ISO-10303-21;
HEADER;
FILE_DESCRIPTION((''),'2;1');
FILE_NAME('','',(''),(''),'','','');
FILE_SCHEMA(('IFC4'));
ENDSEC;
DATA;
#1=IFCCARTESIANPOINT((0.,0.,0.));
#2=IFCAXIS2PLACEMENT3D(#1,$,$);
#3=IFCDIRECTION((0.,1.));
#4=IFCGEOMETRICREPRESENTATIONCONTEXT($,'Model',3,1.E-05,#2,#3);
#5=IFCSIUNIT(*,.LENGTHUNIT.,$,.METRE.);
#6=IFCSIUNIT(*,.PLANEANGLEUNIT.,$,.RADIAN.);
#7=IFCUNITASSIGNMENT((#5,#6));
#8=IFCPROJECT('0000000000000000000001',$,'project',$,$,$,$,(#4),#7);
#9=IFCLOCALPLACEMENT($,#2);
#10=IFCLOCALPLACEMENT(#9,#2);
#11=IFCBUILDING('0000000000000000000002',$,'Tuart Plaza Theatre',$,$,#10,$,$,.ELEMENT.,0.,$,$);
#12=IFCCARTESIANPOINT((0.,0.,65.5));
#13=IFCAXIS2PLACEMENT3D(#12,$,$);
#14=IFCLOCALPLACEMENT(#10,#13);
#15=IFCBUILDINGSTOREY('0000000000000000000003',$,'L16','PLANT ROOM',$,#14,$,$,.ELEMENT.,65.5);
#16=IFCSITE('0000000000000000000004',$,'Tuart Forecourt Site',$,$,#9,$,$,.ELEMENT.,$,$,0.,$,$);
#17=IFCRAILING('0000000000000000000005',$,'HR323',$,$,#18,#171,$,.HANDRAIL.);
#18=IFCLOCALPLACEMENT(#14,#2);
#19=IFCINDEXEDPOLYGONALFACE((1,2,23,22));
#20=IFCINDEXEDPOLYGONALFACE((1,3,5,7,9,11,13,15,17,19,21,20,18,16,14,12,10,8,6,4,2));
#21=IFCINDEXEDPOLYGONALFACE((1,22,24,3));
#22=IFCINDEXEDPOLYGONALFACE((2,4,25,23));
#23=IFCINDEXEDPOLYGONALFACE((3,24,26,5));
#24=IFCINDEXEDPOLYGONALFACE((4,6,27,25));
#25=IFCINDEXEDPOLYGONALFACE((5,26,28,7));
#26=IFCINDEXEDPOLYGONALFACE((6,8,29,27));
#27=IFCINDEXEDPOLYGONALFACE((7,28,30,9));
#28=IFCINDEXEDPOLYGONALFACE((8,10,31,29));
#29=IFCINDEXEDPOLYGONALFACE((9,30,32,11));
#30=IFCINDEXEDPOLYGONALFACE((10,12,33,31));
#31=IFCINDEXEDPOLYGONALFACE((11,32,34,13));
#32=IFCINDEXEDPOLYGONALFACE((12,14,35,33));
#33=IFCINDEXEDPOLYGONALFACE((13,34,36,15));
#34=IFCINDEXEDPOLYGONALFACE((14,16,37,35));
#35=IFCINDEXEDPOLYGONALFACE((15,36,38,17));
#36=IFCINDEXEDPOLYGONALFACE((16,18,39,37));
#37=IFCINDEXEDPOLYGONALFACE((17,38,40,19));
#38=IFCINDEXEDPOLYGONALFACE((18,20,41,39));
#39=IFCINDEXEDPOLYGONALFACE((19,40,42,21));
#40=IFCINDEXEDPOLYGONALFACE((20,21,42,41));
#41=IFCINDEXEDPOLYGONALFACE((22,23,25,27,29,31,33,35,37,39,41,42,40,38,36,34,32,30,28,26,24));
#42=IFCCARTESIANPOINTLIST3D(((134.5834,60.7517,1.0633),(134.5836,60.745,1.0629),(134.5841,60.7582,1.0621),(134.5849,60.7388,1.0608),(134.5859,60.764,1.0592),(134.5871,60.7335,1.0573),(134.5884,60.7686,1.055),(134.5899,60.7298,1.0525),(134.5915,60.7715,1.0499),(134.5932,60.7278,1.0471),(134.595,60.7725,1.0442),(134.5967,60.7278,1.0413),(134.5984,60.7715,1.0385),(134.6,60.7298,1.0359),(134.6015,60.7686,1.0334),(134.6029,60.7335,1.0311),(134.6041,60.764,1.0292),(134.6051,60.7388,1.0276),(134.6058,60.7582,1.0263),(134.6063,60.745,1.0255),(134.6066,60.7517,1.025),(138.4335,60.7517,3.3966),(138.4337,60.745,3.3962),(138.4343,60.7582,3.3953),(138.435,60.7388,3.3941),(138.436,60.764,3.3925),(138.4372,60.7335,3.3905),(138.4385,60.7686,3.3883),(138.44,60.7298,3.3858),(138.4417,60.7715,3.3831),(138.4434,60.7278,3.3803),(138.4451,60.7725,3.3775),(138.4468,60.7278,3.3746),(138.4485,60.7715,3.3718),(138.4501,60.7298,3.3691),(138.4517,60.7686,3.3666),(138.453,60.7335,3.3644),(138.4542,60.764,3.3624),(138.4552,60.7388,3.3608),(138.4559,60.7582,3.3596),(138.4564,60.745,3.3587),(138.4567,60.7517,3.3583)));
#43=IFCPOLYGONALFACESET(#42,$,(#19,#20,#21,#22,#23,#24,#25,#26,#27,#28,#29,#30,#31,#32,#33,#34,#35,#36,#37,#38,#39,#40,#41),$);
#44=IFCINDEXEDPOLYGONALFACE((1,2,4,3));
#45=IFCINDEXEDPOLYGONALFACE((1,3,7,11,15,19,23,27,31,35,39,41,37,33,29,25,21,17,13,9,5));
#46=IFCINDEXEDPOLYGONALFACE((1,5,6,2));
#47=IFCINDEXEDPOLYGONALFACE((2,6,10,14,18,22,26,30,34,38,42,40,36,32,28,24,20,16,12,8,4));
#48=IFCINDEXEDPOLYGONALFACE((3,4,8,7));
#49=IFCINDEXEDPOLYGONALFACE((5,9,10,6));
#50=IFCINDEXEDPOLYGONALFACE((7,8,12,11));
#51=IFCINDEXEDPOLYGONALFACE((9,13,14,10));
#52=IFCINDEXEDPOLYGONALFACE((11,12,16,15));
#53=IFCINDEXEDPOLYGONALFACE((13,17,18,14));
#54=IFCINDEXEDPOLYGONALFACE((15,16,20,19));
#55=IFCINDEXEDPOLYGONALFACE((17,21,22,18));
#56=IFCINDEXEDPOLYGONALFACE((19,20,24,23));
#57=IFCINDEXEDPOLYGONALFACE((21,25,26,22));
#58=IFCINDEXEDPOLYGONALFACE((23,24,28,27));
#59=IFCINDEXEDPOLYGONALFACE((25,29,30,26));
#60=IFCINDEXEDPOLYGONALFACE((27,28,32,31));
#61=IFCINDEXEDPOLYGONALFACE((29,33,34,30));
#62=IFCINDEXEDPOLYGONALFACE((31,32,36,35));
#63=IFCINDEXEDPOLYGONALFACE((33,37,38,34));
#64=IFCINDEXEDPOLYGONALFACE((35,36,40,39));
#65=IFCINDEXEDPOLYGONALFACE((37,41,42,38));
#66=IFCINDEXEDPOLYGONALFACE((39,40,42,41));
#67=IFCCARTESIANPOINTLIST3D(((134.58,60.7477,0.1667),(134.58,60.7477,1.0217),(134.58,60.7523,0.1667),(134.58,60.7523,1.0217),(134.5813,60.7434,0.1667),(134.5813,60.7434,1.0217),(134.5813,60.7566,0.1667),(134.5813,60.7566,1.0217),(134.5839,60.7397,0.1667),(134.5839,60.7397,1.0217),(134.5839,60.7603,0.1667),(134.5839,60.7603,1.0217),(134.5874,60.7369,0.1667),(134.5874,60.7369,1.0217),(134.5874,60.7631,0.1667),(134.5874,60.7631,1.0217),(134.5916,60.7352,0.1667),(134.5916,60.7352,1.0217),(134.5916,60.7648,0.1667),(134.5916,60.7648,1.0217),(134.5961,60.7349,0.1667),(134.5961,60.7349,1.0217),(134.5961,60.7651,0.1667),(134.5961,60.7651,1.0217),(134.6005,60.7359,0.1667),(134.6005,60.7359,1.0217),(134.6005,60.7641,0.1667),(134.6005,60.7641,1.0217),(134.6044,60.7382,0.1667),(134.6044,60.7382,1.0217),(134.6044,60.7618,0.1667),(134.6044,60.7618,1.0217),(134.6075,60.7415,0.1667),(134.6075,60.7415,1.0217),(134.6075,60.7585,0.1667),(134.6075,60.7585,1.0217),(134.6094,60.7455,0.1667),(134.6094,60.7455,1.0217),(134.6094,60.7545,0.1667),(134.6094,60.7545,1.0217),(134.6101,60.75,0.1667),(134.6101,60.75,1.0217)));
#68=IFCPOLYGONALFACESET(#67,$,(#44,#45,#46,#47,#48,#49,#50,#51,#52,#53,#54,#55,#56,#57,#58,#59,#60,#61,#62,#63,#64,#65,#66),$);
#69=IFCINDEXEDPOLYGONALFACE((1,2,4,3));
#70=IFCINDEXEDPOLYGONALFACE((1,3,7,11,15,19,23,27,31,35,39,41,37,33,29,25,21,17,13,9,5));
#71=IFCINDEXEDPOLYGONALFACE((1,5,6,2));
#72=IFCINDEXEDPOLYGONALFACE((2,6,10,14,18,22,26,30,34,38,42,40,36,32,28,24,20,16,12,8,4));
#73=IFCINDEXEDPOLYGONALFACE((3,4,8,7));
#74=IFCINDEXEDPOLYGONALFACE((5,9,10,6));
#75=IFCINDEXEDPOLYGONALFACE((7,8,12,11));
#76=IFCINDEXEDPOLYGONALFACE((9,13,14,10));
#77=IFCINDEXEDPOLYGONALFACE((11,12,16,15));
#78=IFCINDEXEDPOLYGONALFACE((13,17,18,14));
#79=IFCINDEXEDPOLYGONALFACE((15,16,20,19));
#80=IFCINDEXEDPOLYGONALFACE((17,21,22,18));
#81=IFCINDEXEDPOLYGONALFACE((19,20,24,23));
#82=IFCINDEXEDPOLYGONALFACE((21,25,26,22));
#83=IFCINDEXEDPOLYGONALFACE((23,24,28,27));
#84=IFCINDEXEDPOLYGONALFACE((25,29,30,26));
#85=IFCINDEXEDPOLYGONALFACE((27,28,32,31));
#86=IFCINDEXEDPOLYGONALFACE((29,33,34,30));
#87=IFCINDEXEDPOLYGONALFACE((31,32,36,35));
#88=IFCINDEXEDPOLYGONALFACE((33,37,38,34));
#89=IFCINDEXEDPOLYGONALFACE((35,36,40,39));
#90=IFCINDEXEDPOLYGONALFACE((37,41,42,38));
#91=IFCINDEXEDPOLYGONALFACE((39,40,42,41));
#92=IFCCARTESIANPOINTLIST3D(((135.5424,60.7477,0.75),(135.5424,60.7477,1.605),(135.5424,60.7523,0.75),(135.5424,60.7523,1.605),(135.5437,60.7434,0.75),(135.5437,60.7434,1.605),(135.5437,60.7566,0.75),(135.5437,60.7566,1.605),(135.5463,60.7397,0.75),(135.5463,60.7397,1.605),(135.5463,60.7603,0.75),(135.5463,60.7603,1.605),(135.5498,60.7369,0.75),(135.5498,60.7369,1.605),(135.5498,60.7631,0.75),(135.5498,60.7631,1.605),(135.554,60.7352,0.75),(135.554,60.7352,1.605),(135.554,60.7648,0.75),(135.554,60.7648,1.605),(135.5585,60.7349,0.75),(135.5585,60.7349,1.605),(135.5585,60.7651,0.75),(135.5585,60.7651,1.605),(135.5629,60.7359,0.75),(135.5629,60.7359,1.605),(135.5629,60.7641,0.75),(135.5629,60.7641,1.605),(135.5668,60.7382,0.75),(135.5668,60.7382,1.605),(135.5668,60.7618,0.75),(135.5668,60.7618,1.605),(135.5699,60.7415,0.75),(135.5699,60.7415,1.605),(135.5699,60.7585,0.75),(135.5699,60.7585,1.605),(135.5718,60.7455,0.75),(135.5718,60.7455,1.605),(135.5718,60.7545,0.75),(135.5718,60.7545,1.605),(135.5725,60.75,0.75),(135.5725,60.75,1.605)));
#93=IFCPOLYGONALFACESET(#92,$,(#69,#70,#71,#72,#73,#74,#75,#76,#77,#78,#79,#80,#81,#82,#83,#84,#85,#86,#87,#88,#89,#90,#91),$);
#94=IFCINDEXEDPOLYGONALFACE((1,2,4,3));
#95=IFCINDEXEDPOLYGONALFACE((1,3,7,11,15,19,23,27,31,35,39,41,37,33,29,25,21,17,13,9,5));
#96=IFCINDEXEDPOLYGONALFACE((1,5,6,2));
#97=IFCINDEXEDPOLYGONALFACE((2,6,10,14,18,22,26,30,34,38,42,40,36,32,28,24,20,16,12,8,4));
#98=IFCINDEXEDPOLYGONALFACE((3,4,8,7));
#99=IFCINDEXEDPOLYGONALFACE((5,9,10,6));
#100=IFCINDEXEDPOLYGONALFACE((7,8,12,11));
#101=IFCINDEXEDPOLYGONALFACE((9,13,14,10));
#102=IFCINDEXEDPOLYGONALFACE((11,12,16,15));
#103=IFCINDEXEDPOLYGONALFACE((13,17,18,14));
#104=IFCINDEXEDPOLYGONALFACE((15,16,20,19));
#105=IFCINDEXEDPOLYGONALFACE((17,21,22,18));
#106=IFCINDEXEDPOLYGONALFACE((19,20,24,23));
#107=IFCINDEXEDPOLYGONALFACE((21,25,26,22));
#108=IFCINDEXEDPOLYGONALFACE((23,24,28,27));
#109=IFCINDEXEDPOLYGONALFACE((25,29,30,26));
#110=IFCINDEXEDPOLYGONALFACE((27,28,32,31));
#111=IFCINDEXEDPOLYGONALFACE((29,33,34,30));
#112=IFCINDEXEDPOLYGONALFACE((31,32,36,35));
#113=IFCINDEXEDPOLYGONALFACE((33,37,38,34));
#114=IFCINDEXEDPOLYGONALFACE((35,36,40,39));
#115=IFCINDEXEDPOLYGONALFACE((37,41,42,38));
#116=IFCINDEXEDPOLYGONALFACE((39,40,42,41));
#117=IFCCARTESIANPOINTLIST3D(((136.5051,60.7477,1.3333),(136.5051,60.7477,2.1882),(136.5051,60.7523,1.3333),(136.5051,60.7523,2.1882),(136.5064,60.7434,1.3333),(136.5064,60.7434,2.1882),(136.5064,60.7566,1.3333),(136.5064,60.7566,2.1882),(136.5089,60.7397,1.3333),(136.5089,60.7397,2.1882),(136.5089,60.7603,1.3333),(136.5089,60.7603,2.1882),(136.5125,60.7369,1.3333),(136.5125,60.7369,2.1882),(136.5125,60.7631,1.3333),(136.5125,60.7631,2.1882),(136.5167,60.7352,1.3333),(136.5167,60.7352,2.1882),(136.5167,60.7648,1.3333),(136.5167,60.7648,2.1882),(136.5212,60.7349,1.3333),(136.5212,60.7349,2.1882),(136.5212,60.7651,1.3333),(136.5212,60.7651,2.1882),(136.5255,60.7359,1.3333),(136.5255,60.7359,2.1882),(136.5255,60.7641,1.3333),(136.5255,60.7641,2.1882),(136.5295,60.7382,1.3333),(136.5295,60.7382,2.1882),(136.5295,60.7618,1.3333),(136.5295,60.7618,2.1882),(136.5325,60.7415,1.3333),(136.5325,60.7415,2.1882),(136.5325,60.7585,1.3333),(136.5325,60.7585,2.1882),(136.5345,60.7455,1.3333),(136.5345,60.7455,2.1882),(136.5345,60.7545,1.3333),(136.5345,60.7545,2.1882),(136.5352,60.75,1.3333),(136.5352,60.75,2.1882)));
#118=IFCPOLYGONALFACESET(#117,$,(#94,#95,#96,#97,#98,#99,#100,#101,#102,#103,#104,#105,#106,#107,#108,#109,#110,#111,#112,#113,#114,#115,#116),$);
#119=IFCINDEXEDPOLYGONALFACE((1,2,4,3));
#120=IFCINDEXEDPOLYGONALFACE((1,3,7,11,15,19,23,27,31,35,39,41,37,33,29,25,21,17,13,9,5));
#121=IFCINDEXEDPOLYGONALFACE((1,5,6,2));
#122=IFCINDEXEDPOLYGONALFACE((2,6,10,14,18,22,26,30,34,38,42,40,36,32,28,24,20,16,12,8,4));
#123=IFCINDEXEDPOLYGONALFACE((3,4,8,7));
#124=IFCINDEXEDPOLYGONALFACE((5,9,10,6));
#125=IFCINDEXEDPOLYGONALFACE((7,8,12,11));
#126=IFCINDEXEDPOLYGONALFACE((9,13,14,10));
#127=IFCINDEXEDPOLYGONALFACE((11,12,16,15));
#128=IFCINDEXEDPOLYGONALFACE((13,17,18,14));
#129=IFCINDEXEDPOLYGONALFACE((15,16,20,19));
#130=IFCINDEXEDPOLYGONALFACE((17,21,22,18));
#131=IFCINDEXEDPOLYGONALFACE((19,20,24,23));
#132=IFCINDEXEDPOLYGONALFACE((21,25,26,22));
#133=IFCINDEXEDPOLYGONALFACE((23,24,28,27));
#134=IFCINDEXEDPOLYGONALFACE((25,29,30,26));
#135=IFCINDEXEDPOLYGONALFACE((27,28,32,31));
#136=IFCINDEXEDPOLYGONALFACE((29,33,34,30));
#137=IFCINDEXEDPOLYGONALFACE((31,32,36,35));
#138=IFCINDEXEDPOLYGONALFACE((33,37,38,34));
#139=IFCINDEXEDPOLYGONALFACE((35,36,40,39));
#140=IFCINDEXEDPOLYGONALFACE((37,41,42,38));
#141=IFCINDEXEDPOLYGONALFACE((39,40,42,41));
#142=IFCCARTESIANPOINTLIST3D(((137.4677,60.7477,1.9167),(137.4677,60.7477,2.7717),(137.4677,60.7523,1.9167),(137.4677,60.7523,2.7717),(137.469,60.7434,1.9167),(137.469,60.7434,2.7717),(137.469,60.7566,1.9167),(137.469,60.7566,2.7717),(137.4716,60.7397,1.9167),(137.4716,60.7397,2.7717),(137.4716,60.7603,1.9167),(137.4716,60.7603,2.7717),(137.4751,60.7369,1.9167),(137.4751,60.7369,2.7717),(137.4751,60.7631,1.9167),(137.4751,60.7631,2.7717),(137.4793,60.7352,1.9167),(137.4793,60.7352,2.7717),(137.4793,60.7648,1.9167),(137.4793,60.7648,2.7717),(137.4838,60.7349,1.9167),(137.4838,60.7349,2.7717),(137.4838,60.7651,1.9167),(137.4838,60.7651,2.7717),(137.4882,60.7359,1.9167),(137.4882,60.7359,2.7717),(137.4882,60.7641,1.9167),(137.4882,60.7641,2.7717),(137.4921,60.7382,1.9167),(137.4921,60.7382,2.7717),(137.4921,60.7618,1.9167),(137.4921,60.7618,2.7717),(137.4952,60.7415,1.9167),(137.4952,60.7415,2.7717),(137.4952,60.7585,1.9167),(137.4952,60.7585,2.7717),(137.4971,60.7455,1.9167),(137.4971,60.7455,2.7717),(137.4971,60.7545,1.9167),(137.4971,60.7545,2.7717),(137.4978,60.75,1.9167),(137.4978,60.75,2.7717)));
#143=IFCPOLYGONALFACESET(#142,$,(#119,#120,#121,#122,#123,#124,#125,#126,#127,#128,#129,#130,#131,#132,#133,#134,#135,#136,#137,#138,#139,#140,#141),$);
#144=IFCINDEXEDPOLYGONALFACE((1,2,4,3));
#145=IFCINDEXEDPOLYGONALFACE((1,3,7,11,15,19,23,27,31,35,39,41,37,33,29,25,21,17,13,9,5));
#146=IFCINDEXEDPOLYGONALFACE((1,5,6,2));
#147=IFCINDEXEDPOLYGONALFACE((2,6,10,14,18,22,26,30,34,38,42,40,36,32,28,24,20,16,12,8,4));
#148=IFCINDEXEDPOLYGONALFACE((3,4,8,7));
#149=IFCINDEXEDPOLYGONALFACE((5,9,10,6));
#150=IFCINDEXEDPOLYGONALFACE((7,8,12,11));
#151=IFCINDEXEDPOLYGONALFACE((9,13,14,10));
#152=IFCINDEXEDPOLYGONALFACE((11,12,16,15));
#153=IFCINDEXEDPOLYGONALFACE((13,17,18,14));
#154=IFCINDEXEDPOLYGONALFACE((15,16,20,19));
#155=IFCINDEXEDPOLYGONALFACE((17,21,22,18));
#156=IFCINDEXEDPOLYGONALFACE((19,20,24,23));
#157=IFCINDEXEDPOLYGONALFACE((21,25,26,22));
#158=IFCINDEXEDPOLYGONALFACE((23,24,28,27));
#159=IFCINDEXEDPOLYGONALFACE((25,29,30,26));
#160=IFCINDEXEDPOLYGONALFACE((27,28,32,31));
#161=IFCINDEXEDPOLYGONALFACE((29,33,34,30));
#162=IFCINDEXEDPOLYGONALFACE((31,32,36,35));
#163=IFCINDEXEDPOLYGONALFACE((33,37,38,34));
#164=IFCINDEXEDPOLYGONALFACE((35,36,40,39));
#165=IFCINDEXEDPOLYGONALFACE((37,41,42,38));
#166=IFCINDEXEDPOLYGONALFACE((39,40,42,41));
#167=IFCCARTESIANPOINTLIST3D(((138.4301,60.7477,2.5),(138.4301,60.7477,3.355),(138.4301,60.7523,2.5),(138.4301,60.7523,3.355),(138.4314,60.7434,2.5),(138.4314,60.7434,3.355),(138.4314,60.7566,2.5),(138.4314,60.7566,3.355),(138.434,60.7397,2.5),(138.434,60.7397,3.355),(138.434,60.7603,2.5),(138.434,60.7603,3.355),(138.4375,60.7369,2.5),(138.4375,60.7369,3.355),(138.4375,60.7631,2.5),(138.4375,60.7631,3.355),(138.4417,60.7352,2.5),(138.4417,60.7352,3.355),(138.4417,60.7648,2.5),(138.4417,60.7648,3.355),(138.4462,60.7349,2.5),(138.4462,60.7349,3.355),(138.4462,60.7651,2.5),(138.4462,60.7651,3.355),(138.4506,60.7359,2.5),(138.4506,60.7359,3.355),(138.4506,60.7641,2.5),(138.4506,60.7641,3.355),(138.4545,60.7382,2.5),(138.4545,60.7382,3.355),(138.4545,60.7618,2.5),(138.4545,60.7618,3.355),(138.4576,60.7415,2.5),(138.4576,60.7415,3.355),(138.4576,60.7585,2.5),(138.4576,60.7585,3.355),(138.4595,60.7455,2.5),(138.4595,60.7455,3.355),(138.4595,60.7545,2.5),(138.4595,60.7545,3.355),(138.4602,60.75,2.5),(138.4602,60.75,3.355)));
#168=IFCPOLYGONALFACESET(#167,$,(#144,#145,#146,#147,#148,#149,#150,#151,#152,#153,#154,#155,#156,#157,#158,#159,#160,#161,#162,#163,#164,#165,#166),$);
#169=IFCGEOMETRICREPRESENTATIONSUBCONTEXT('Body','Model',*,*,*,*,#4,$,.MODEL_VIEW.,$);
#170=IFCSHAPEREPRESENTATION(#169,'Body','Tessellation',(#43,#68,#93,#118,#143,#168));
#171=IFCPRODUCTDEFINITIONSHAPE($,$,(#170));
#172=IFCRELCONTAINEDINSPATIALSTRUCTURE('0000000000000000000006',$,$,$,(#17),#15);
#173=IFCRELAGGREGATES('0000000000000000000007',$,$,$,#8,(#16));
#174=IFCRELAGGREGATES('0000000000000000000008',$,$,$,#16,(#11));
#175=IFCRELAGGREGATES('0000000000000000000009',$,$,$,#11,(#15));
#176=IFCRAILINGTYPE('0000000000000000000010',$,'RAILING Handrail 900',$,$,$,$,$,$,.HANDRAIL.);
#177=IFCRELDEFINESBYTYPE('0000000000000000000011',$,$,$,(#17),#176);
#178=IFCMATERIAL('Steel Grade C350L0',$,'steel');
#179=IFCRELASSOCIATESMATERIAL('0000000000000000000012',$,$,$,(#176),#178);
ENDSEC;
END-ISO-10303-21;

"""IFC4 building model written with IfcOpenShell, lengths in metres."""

from ifc_helpers import new_model, si_unit, direction, frame, origin, origin_2d, place, context, subcontext, project, spatial, circle, extrude, material, type_object, element, save


model = new_model("IFC4")

# Units and contexts
model_context = context("Model", 3, precision=1e-05, world=origin(), true_north=direction((0.0, 1.0)))
body_context = subcontext(model_context, "Body", "Model", "MODEL_VIEW")
ifc_project = project(units=[si_unit("LENGTHUNIT", "METRE"), si_unit("PLANEANGLEUNIT", "RADIAN")], contexts=[model_context])

# Site, building, storey
site_placement = place(None, origin())
site = spatial("IfcSite", under=ifc_project, at=site_placement, Name="Tuart Forecourt Site", CompositionType="ELEMENT", RefElevation=0.0)
building_placement = place(site_placement, origin())
building = spatial("IfcBuilding", under=site, at=building_placement, Name="Tuart Plaza Theatre", CompositionType="ELEMENT", ElevationOfRefHeight=0.0)
storey_placement = place(building_placement, frame((0.0, 0.0, 65.5)))
storey = spatial("IfcBuildingStorey", under=building, at=storey_placement, Name="L16", Description="PLANT ROOM", CompositionType="ELEMENT", Elevation=65.5)

# Railing
ifc_material_1 = material(Name="Steel Grade C350L0", Category="steel")
railing_type_1 = type_object("IfcRailingType", Name="RAILING Handrail 900", PredefinedType="HANDRAIL", material=ifc_material_1)
for number, where, name in (
    (1, (134.595, 60.75, 0.1667), "HR323"),
):
    element("IfcRailing", number, at=place(storey_placement, frame(where)), inside=storey, type_object=railing_type_1, Name=name, PredefinedType="HANDRAIL", context=body_context, shape_type="SweptSolid", body=[
        extrude(circle(Radius=0.0225, at=origin_2d()), frame((0.0, 0.0, 0.8774), z_axis=(0.855212, 0.0, 0.518279), x_axis=(0.0, 1.0, 0.0)), (0.0, 0.0, 1.0), 4.502),
        extrude(circle(Radius=0.0151, at=origin_2d()), origin(), (0.0, 0.0, 1.0), 0.855),
        extrude(circle(Radius=0.0151, at=origin_2d()), frame((0.9624, 0.0, 0.5833)), (0.0, 0.0, 1.0), 0.855),
        extrude(circle(Radius=0.0151, at=origin_2d()), frame((1.925, 0.0, 1.1665)), (0.0, 0.0, 1.0), 0.855),
        extrude(circle(Radius=0.0151, at=origin_2d()), frame((2.8877, 0.0, 1.75)), (0.0, 0.0, 1.0), 0.855),
        extrude(circle(Radius=0.0151, at=origin_2d()), frame((3.8501, 0.0, 2.3333)), (0.0, 0.0, 1.0), 0.855),
    ])

save(model, "model.ifc")
